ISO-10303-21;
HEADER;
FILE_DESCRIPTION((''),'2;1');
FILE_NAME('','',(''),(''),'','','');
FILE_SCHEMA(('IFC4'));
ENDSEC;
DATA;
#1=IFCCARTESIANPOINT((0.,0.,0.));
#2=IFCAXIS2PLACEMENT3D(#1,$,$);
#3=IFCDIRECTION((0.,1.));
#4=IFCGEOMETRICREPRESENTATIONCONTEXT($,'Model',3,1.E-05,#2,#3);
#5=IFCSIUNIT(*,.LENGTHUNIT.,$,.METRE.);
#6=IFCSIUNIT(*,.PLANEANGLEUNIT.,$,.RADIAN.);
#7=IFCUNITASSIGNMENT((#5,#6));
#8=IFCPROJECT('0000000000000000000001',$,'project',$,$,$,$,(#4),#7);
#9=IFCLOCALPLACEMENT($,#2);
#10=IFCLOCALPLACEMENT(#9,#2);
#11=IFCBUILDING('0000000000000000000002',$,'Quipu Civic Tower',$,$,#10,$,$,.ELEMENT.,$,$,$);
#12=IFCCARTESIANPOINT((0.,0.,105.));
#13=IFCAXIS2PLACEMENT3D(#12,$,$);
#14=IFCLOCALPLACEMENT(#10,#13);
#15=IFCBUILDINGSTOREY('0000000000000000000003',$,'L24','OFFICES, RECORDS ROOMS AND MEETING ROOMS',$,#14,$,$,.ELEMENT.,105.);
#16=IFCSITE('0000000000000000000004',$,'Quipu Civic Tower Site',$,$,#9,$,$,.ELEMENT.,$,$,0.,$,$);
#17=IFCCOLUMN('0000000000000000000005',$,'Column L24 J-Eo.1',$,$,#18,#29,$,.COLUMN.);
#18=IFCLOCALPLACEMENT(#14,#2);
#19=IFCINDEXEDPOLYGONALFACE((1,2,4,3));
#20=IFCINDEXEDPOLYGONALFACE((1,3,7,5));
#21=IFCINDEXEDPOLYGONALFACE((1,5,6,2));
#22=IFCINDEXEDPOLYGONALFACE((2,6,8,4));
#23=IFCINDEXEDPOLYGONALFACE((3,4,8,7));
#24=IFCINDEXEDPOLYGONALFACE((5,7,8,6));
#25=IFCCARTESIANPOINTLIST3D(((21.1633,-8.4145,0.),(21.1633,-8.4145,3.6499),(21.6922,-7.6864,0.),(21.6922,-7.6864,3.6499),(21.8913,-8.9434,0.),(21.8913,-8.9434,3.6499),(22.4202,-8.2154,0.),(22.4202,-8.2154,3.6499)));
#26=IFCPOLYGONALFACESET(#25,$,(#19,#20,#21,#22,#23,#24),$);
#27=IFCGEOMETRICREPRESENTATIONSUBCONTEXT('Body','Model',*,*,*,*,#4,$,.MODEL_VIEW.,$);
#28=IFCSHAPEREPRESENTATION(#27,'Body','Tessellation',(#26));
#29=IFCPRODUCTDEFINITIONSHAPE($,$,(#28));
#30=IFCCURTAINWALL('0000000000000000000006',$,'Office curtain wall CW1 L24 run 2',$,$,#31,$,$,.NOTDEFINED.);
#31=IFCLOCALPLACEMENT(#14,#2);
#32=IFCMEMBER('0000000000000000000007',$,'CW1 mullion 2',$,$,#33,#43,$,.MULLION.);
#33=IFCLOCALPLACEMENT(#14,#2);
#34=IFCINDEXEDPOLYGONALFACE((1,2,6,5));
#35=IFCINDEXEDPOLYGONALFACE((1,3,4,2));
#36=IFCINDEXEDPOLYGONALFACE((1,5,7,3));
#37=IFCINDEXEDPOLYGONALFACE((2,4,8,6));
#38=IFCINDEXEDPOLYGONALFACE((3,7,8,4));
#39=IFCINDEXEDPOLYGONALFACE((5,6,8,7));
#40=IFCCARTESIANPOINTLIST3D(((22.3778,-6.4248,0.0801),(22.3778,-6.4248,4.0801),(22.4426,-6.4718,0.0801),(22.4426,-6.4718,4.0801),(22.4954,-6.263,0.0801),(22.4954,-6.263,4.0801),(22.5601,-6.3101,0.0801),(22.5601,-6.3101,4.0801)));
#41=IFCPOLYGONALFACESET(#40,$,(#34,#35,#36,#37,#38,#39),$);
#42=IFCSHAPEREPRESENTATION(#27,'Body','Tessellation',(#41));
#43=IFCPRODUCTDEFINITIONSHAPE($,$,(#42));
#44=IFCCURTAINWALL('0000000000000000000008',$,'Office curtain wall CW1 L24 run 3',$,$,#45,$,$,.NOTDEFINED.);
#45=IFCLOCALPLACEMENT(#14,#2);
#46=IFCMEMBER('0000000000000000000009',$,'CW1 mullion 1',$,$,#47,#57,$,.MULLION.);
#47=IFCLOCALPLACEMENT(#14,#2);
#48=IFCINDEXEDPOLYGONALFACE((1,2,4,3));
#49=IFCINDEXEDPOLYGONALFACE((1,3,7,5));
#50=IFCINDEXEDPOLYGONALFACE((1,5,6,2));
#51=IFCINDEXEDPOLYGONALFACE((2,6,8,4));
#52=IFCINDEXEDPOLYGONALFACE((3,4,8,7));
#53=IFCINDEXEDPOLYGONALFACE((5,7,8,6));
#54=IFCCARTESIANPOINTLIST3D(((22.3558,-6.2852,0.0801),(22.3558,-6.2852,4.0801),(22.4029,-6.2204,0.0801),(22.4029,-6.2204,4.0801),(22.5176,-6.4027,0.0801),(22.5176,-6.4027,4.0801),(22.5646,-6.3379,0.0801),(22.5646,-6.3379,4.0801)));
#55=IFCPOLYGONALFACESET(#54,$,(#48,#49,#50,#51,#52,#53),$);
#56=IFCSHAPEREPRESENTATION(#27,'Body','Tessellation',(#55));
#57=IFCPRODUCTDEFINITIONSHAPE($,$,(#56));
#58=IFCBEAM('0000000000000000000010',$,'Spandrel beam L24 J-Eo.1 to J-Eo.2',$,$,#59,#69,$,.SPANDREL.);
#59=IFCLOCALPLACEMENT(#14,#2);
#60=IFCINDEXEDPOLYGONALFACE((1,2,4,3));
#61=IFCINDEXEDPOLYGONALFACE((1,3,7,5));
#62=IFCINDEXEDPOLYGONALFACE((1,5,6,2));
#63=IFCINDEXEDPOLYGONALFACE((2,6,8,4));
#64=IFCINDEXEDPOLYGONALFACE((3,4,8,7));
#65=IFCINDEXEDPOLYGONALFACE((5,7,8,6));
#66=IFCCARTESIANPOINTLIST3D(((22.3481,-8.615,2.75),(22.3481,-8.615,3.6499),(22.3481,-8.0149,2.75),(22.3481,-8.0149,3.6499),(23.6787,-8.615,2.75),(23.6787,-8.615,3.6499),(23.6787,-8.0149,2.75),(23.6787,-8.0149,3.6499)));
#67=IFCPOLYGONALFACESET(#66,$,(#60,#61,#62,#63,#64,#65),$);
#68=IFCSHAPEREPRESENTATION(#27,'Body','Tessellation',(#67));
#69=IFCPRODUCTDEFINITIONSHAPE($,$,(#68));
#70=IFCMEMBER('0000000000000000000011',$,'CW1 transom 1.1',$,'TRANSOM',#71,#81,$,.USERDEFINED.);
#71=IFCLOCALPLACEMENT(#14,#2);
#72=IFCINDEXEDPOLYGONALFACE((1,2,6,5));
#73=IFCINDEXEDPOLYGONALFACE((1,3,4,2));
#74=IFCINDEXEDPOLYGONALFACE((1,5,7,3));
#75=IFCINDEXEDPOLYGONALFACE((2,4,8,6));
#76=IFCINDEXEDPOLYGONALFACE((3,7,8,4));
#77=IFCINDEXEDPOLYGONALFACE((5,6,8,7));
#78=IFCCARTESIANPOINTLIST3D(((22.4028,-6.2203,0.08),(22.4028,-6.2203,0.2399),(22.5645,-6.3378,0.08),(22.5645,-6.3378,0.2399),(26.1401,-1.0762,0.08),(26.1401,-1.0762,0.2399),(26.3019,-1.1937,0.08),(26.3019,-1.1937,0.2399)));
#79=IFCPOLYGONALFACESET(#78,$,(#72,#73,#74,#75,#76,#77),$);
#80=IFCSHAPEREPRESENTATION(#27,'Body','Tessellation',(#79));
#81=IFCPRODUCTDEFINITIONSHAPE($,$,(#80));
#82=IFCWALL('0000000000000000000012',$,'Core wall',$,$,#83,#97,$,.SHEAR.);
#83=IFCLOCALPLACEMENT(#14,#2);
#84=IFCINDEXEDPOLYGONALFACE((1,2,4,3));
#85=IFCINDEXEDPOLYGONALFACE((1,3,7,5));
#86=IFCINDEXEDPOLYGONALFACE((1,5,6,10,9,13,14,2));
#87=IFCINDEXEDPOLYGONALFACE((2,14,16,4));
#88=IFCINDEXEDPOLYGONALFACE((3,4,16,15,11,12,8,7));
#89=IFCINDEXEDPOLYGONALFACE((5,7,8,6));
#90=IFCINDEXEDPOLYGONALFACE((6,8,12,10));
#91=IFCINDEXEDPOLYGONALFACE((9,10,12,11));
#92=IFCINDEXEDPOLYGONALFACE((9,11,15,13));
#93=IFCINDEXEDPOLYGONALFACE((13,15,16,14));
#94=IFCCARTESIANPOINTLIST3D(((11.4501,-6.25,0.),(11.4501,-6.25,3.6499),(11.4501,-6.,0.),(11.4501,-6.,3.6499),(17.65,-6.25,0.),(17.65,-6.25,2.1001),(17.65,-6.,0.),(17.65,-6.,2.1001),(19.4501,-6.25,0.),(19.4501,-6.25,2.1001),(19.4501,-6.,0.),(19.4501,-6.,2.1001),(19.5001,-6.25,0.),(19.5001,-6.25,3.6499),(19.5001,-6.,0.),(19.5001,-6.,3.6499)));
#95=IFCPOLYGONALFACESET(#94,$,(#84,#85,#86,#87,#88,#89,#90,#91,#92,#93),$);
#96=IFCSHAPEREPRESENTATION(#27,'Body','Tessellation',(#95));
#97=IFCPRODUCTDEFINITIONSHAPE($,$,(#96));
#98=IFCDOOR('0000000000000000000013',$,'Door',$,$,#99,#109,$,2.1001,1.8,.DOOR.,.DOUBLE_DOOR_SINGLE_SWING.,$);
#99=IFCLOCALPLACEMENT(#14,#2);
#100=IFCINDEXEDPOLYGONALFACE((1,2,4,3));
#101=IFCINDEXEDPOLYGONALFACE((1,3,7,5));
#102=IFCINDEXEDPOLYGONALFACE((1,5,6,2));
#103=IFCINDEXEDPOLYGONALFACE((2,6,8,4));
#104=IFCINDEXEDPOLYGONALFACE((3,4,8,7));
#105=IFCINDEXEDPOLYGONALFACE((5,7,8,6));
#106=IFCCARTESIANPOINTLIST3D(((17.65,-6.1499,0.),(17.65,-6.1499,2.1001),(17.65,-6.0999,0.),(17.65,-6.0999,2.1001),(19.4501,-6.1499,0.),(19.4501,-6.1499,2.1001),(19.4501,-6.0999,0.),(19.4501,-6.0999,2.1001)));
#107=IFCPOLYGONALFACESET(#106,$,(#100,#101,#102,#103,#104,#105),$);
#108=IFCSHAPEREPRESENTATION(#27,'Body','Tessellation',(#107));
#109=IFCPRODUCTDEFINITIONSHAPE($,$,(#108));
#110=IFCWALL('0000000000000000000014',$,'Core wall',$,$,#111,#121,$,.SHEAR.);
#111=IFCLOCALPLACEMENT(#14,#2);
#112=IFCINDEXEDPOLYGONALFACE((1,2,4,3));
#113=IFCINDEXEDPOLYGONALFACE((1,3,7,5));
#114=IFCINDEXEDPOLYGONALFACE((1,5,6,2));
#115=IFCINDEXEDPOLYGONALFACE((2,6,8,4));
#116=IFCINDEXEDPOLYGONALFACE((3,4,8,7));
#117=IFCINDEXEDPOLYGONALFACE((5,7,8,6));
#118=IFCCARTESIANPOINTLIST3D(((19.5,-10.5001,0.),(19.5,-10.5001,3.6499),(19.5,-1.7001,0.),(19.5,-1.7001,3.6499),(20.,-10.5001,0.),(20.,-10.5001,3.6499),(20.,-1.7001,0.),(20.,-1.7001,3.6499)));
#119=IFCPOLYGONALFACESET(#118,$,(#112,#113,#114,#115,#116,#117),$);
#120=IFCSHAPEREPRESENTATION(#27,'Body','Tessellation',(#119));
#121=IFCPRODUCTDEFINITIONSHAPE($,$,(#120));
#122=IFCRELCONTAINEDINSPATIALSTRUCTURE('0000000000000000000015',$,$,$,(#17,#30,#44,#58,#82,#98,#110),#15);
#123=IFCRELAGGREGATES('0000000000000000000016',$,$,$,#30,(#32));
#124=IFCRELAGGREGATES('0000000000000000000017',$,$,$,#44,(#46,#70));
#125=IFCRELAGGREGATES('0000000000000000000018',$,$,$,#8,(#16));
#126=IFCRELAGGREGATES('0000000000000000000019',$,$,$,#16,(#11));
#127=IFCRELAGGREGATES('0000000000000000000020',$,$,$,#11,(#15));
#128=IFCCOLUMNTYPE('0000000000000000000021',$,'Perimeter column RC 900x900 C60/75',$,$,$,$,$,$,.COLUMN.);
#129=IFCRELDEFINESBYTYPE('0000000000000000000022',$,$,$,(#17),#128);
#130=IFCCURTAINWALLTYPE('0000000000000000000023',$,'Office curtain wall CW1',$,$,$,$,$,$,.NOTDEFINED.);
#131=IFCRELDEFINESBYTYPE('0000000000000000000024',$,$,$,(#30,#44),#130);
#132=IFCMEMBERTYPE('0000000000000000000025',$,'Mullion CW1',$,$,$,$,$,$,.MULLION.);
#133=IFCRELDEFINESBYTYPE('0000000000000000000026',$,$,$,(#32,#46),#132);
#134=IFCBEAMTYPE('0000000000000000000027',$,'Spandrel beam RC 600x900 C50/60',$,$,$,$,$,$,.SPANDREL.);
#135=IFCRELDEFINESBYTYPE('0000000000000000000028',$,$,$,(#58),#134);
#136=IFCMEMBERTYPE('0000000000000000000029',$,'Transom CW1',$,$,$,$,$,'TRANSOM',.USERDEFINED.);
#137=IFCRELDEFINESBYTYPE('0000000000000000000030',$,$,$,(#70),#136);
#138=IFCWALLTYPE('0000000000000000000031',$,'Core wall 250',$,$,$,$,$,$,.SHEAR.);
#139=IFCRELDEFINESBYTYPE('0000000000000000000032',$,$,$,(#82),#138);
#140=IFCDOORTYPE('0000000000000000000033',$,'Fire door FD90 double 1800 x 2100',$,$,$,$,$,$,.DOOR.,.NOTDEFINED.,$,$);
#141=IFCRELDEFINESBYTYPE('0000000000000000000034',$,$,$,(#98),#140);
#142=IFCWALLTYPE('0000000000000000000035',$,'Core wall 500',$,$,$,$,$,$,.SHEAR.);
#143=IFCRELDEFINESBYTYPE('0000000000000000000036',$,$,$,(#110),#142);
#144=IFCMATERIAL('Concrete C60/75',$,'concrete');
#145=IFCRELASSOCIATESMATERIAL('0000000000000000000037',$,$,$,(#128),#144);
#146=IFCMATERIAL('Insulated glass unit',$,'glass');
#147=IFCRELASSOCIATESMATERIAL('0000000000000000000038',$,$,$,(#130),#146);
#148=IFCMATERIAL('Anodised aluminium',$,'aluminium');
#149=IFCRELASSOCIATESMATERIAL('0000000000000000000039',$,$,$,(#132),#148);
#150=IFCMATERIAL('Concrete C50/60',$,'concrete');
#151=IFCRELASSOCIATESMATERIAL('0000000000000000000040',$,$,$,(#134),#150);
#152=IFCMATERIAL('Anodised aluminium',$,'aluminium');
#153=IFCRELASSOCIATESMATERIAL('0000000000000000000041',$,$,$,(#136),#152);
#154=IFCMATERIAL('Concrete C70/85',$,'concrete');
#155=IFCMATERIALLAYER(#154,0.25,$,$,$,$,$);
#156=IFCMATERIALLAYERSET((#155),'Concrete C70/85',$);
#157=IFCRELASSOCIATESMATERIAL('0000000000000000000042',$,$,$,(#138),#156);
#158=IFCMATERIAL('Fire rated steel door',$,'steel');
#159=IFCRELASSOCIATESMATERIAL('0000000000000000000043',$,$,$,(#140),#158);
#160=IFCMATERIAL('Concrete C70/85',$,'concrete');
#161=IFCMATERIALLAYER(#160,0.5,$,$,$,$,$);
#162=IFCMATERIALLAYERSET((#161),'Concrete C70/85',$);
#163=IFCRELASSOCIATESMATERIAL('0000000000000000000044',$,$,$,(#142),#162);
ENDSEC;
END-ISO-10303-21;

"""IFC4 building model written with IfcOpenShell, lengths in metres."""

from ifc_helpers import new_model, si_unit, direction, frame, frame_2d, origin, origin_2d, place, context, subcontext, project, spatial, rectangle, extrude, material, layer, layer_set, material_profile, profile_set, type_object, element, fill, aggregate, save


model = new_model("IFC4")

# Units and contexts
model_context = context("Model", 3, precision=1e-05, world=origin(), true_north=direction((0.0, 1.0)))
body_context = subcontext(model_context, "Body", "Model", "MODEL_VIEW")
ifc_project = project(units=[si_unit("LENGTHUNIT", "METRE"), si_unit("PLANEANGLEUNIT", "RADIAN")], contexts=[model_context])

# Site, building, storey
site_placement = place(None, origin())
site = spatial("IfcSite", under=ifc_project, at=site_placement, Name="Quipu Civic Tower Site", CompositionType="ELEMENT", RefElevation=0.0)
building_placement = place(site_placement, origin())
building = spatial("IfcBuilding", under=site, at=building_placement, Name="Quipu Civic Tower", CompositionType="ELEMENT")
storey_placement = place(building_placement, frame((0.0, 0.0, 105.0)))
storey = spatial("IfcBuildingStorey", under=building, at=storey_placement, Name="L24", Description="OFFICES, RECORDS ROOMS AND MEETING ROOMS", CompositionType="ELEMENT", Elevation=105.0)

# Column
ifc_material_1 = material(Name="Concrete C60/75", Category="concrete")
ifc_material_profile_1 = material_profile(ifc_material_1, rectangle(XDim=0.8999, YDim=0.8999, at=origin_2d()), Name="RC900x900")
ifc_profile_set_1 = profile_set([ifc_material_profile_1], Name="Concrete C60/75")
column_type = type_object("IfcColumnType", Name="Perimeter column RC 900x900 C60/75", PredefinedType="COLUMN", material=ifc_profile_set_1)
column_placement = place(storey_placement, frame((21.7917, -8.3149, 0.0), z_axis=(0.0, 0.0, 1.0), x_axis=(0.587785, 0.809017, 0.0)))
element("IfcColumn", 1, at=column_placement, inside=storey, type_object=column_type, Name="Column L24 J-Eo.1", PredefinedType="COLUMN", context=body_context, shape_type="SweptSolid", body=[
    extrude(rectangle(XDim=0.8999, YDim=0.8999, at=origin_2d()), origin(), (0.0, 0.0, 1.0), 3.6499),
])

# Curtain walls, members
ifc_material_2 = material(Name="Insulated glass unit", Category="glass")
curtain_wall_type = type_object("IfcCurtainWallType", Name="Office curtain wall CW1", PredefinedType="NOTDEFINED", material=ifc_material_2)
curtain_wall_1_placement = place(storey_placement, origin())
curtain_wall_1 = element("IfcCurtainWall", 2, at=curtain_wall_1_placement, inside=storey, type_object=curtain_wall_type, Name="Office curtain wall CW1 L24 run 2", PredefinedType="NOTDEFINED")
ifc_material_3 = material(Name="Anodised aluminium", Category="aluminium")
ifc_material_profile_2 = material_profile(ifc_material_3, rectangle(XDim=0.2, YDim=0.0801, at=origin_2d()), Name="RECT 200x80")
ifc_profile_set_2 = profile_set([ifc_material_profile_2], Name="Anodised aluminium")
member_type_1 = type_object("IfcMemberType", Name="Mullion CW1", PredefinedType="MULLION", material=ifc_profile_set_2)
member_1_placement = place(storey_placement, frame((22.469, -6.3674, 0.0801), z_axis=(0.0, 0.0, 1.0), x_axis=(-0.587773, -0.809026, 0.0)))
member_1 = element("IfcMember", 3, at=member_1_placement, type_object=member_type_1, Name="CW1 mullion 2", PredefinedType="MULLION", context=body_context, shape_type="SweptSolid", body=[
    extrude(rectangle(XDim=0.2, YDim=0.0801, at=origin_2d()), origin(), (0.0, 0.0, 1.0), 4.0),
])
aggregate(curtain_wall_1, [member_1])
curtain_wall_2_placement = place(storey_placement, origin())
curtain_wall_2 = element("IfcCurtainWall", 4, at=curtain_wall_2_placement, inside=storey, type_object=curtain_wall_type, Name="Office curtain wall CW1 L24 run 3", PredefinedType="NOTDEFINED")
member_2_placement = place(storey_placement, frame((22.4602, -6.3115, 0.0801), z_axis=(0.0, 0.0, 1.0), x_axis=(-0.809019, 0.587783, 0.0)))
member_2 = element("IfcMember", 5, at=member_2_placement, type_object=member_type_1, Name="CW1 mullion 1", PredefinedType="MULLION", context=body_context, shape_type="SweptSolid", body=[
    extrude(rectangle(XDim=0.2, YDim=0.0801, at=origin_2d()), origin(), (0.0, 0.0, 1.0), 4.0),
])

# Beam
ifc_material_4 = material(Name="Concrete C50/60", Category="concrete")
ifc_material_profile_3 = material_profile(ifc_material_4, rectangle(XDim=0.6001, YDim=0.8999, at=origin_2d()), Name="RC600x900")
ifc_profile_set_3 = profile_set([ifc_material_profile_3], Name="Concrete C50/60")
beam_type = type_object("IfcBeamType", Name="Spandrel beam RC 600x900 C50/60", PredefinedType="SPANDREL", material=ifc_profile_set_3)
beam_placement = place(storey_placement, frame((22.3481, -8.3149, 3.2), z_axis=(1.0, 0.0, 0.0), x_axis=(0.0, 1.0, 0.0)))
element("IfcBeam", 6, at=beam_placement, inside=storey, type_object=beam_type, Name="Spandrel beam L24 J-Eo.1 to J-Eo.2", PredefinedType="SPANDREL", context=body_context, shape_type="SweptSolid", body=[
    extrude(rectangle(XDim=0.6001, YDim=0.8999, at=origin_2d()), origin(), (0.0, 0.0, 1.0), 1.3306),
])

# Member
ifc_material_5 = material(Name="Anodised aluminium", Category="aluminium")
ifc_material_profile_4 = material_profile(ifc_material_5, rectangle(XDim=0.2, YDim=0.1599, at=origin_2d()), Name="RECT 200x160")
ifc_profile_set_4 = profile_set([ifc_material_profile_4], Name="Anodised aluminium")
member_type_2 = type_object("IfcMemberType", Name="Transom CW1", ElementType="TRANSOM", PredefinedType="USERDEFINED", material=ifc_profile_set_4)
member_3_placement = place(storey_placement, frame((22.4836, -6.2791, 0.1599), z_axis=(0.587779, 0.809022, 0.0), x_axis=(-0.809022, 0.587779, 0.0)))
member_3 = element("IfcMember", 7, at=member_3_placement, type_object=member_type_2, Name="CW1 transom 1.1", ObjectType="TRANSOM", PredefinedType="USERDEFINED", context=body_context, shape_type="SweptSolid", body=[
    extrude(rectangle(XDim=0.2, YDim=0.1599, at=origin_2d()), origin(), (0.0, 0.0, 1.0), 6.3584),
])
aggregate(curtain_wall_2, [member_2, member_3])

# Wall, opening, door
ifc_material_6 = material(Name="Concrete C70/85", Category="concrete")
ifc_layer_1 = layer(ifc_material_6, 0.25)
ifc_layer_set_1 = layer_set([ifc_layer_1], Name="Concrete C70/85")
wall_type_1 = type_object("IfcWallType", Name="Core wall 250", PredefinedType="SHEAR", material=ifc_layer_set_1)
wall_1_placement = place(storey_placement, frame((19.5, -6.125, 0.0), z_axis=(0.0, 0.0, 1.0), x_axis=(-1.0, 0.0, 0.0)))
wall_1 = element("IfcWall", 8, at=wall_1_placement, inside=storey, type_object=wall_type_1, Name="Core wall", PredefinedType="SHEAR", context=body_context, shape_type="SweptSolid", body=[
    extrude(rectangle(XDim=8.05, YDim=0.25, at=frame_2d((4.0249, 0.0))), origin(), (0.0, 0.0, 1.0), 3.6499),
])
opening_1_placement = place(wall_1_placement, frame((0.05, 0.0, 0.0)))
opening_1 = element("IfcOpeningElement", 9, at=opening_1_placement, cuts=wall_1, PredefinedType="OPENING", context=body_context, shape_type="SweptSolid", body=[
    extrude(rectangle(XDim=1.8, YDim=2.1001, at=frame_2d((0.8999, 1.05))), frame((0.0, 0.135, 0.0), z_axis=(0.0, -1.0, 0.0), x_axis=(1.0, 0.0, 0.0)), (0.0, 0.0, 1.0), 0.27),
])
ifc_material_7 = material(Name="Fire rated steel door", Category="steel")
door_type_1 = type_object("IfcDoorType", Name="Fire door FD90 double 1800 x 2100", OperationType="NOTDEFINED", PredefinedType="DOOR", material=ifc_material_7)
door_1_placement = place(opening_1_placement, origin())
door_1 = element("IfcDoor", 10, at=door_1_placement, inside=storey, type_object=door_type_1, Name="Door", OperationType="DOUBLE_DOOR_SINGLE_SWING", OverallHeight=2.1001, OverallWidth=1.8, PredefinedType="DOOR", context=body_context, shape_type="SweptSolid", body=[
    extrude(rectangle(XDim=1.8, YDim=2.1001, at=frame_2d((0.8999, 1.05))), frame((0.0, 0.0249, 0.0), z_axis=(0.0, -1.0, 0.0), x_axis=(1.0, 0.0, 0.0)), (0.0, 0.0, 1.0), 0.05),
])
fill(opening_1, door_1)

# Wall
ifc_material_8 = material(Name="Concrete C70/85", Category="concrete")
ifc_layer_2 = layer(ifc_material_8, 0.5)
ifc_layer_set_2 = layer_set([ifc_layer_2], Name="Concrete C70/85")
wall_type_2 = type_object("IfcWallType", Name="Core wall 500", PredefinedType="SHEAR", material=ifc_layer_set_2)
wall_2_placement = place(storey_placement, frame((19.75, -10.5, 0.0), z_axis=(0.0, 0.0, 1.0), x_axis=(0.0, 1.0, 0.0)))
element("IfcWall", 11, at=wall_2_placement, inside=storey, type_object=wall_type_2, Name="Core wall", PredefinedType="SHEAR", context=body_context, shape_type="SweptSolid", body=[
    extrude(rectangle(XDim=8.8, YDim=0.5, at=frame_2d((4.3999, 0.0))), origin(), (0.0, 0.0, 1.0), 3.6499),
])

save(model, "model.ifc")
